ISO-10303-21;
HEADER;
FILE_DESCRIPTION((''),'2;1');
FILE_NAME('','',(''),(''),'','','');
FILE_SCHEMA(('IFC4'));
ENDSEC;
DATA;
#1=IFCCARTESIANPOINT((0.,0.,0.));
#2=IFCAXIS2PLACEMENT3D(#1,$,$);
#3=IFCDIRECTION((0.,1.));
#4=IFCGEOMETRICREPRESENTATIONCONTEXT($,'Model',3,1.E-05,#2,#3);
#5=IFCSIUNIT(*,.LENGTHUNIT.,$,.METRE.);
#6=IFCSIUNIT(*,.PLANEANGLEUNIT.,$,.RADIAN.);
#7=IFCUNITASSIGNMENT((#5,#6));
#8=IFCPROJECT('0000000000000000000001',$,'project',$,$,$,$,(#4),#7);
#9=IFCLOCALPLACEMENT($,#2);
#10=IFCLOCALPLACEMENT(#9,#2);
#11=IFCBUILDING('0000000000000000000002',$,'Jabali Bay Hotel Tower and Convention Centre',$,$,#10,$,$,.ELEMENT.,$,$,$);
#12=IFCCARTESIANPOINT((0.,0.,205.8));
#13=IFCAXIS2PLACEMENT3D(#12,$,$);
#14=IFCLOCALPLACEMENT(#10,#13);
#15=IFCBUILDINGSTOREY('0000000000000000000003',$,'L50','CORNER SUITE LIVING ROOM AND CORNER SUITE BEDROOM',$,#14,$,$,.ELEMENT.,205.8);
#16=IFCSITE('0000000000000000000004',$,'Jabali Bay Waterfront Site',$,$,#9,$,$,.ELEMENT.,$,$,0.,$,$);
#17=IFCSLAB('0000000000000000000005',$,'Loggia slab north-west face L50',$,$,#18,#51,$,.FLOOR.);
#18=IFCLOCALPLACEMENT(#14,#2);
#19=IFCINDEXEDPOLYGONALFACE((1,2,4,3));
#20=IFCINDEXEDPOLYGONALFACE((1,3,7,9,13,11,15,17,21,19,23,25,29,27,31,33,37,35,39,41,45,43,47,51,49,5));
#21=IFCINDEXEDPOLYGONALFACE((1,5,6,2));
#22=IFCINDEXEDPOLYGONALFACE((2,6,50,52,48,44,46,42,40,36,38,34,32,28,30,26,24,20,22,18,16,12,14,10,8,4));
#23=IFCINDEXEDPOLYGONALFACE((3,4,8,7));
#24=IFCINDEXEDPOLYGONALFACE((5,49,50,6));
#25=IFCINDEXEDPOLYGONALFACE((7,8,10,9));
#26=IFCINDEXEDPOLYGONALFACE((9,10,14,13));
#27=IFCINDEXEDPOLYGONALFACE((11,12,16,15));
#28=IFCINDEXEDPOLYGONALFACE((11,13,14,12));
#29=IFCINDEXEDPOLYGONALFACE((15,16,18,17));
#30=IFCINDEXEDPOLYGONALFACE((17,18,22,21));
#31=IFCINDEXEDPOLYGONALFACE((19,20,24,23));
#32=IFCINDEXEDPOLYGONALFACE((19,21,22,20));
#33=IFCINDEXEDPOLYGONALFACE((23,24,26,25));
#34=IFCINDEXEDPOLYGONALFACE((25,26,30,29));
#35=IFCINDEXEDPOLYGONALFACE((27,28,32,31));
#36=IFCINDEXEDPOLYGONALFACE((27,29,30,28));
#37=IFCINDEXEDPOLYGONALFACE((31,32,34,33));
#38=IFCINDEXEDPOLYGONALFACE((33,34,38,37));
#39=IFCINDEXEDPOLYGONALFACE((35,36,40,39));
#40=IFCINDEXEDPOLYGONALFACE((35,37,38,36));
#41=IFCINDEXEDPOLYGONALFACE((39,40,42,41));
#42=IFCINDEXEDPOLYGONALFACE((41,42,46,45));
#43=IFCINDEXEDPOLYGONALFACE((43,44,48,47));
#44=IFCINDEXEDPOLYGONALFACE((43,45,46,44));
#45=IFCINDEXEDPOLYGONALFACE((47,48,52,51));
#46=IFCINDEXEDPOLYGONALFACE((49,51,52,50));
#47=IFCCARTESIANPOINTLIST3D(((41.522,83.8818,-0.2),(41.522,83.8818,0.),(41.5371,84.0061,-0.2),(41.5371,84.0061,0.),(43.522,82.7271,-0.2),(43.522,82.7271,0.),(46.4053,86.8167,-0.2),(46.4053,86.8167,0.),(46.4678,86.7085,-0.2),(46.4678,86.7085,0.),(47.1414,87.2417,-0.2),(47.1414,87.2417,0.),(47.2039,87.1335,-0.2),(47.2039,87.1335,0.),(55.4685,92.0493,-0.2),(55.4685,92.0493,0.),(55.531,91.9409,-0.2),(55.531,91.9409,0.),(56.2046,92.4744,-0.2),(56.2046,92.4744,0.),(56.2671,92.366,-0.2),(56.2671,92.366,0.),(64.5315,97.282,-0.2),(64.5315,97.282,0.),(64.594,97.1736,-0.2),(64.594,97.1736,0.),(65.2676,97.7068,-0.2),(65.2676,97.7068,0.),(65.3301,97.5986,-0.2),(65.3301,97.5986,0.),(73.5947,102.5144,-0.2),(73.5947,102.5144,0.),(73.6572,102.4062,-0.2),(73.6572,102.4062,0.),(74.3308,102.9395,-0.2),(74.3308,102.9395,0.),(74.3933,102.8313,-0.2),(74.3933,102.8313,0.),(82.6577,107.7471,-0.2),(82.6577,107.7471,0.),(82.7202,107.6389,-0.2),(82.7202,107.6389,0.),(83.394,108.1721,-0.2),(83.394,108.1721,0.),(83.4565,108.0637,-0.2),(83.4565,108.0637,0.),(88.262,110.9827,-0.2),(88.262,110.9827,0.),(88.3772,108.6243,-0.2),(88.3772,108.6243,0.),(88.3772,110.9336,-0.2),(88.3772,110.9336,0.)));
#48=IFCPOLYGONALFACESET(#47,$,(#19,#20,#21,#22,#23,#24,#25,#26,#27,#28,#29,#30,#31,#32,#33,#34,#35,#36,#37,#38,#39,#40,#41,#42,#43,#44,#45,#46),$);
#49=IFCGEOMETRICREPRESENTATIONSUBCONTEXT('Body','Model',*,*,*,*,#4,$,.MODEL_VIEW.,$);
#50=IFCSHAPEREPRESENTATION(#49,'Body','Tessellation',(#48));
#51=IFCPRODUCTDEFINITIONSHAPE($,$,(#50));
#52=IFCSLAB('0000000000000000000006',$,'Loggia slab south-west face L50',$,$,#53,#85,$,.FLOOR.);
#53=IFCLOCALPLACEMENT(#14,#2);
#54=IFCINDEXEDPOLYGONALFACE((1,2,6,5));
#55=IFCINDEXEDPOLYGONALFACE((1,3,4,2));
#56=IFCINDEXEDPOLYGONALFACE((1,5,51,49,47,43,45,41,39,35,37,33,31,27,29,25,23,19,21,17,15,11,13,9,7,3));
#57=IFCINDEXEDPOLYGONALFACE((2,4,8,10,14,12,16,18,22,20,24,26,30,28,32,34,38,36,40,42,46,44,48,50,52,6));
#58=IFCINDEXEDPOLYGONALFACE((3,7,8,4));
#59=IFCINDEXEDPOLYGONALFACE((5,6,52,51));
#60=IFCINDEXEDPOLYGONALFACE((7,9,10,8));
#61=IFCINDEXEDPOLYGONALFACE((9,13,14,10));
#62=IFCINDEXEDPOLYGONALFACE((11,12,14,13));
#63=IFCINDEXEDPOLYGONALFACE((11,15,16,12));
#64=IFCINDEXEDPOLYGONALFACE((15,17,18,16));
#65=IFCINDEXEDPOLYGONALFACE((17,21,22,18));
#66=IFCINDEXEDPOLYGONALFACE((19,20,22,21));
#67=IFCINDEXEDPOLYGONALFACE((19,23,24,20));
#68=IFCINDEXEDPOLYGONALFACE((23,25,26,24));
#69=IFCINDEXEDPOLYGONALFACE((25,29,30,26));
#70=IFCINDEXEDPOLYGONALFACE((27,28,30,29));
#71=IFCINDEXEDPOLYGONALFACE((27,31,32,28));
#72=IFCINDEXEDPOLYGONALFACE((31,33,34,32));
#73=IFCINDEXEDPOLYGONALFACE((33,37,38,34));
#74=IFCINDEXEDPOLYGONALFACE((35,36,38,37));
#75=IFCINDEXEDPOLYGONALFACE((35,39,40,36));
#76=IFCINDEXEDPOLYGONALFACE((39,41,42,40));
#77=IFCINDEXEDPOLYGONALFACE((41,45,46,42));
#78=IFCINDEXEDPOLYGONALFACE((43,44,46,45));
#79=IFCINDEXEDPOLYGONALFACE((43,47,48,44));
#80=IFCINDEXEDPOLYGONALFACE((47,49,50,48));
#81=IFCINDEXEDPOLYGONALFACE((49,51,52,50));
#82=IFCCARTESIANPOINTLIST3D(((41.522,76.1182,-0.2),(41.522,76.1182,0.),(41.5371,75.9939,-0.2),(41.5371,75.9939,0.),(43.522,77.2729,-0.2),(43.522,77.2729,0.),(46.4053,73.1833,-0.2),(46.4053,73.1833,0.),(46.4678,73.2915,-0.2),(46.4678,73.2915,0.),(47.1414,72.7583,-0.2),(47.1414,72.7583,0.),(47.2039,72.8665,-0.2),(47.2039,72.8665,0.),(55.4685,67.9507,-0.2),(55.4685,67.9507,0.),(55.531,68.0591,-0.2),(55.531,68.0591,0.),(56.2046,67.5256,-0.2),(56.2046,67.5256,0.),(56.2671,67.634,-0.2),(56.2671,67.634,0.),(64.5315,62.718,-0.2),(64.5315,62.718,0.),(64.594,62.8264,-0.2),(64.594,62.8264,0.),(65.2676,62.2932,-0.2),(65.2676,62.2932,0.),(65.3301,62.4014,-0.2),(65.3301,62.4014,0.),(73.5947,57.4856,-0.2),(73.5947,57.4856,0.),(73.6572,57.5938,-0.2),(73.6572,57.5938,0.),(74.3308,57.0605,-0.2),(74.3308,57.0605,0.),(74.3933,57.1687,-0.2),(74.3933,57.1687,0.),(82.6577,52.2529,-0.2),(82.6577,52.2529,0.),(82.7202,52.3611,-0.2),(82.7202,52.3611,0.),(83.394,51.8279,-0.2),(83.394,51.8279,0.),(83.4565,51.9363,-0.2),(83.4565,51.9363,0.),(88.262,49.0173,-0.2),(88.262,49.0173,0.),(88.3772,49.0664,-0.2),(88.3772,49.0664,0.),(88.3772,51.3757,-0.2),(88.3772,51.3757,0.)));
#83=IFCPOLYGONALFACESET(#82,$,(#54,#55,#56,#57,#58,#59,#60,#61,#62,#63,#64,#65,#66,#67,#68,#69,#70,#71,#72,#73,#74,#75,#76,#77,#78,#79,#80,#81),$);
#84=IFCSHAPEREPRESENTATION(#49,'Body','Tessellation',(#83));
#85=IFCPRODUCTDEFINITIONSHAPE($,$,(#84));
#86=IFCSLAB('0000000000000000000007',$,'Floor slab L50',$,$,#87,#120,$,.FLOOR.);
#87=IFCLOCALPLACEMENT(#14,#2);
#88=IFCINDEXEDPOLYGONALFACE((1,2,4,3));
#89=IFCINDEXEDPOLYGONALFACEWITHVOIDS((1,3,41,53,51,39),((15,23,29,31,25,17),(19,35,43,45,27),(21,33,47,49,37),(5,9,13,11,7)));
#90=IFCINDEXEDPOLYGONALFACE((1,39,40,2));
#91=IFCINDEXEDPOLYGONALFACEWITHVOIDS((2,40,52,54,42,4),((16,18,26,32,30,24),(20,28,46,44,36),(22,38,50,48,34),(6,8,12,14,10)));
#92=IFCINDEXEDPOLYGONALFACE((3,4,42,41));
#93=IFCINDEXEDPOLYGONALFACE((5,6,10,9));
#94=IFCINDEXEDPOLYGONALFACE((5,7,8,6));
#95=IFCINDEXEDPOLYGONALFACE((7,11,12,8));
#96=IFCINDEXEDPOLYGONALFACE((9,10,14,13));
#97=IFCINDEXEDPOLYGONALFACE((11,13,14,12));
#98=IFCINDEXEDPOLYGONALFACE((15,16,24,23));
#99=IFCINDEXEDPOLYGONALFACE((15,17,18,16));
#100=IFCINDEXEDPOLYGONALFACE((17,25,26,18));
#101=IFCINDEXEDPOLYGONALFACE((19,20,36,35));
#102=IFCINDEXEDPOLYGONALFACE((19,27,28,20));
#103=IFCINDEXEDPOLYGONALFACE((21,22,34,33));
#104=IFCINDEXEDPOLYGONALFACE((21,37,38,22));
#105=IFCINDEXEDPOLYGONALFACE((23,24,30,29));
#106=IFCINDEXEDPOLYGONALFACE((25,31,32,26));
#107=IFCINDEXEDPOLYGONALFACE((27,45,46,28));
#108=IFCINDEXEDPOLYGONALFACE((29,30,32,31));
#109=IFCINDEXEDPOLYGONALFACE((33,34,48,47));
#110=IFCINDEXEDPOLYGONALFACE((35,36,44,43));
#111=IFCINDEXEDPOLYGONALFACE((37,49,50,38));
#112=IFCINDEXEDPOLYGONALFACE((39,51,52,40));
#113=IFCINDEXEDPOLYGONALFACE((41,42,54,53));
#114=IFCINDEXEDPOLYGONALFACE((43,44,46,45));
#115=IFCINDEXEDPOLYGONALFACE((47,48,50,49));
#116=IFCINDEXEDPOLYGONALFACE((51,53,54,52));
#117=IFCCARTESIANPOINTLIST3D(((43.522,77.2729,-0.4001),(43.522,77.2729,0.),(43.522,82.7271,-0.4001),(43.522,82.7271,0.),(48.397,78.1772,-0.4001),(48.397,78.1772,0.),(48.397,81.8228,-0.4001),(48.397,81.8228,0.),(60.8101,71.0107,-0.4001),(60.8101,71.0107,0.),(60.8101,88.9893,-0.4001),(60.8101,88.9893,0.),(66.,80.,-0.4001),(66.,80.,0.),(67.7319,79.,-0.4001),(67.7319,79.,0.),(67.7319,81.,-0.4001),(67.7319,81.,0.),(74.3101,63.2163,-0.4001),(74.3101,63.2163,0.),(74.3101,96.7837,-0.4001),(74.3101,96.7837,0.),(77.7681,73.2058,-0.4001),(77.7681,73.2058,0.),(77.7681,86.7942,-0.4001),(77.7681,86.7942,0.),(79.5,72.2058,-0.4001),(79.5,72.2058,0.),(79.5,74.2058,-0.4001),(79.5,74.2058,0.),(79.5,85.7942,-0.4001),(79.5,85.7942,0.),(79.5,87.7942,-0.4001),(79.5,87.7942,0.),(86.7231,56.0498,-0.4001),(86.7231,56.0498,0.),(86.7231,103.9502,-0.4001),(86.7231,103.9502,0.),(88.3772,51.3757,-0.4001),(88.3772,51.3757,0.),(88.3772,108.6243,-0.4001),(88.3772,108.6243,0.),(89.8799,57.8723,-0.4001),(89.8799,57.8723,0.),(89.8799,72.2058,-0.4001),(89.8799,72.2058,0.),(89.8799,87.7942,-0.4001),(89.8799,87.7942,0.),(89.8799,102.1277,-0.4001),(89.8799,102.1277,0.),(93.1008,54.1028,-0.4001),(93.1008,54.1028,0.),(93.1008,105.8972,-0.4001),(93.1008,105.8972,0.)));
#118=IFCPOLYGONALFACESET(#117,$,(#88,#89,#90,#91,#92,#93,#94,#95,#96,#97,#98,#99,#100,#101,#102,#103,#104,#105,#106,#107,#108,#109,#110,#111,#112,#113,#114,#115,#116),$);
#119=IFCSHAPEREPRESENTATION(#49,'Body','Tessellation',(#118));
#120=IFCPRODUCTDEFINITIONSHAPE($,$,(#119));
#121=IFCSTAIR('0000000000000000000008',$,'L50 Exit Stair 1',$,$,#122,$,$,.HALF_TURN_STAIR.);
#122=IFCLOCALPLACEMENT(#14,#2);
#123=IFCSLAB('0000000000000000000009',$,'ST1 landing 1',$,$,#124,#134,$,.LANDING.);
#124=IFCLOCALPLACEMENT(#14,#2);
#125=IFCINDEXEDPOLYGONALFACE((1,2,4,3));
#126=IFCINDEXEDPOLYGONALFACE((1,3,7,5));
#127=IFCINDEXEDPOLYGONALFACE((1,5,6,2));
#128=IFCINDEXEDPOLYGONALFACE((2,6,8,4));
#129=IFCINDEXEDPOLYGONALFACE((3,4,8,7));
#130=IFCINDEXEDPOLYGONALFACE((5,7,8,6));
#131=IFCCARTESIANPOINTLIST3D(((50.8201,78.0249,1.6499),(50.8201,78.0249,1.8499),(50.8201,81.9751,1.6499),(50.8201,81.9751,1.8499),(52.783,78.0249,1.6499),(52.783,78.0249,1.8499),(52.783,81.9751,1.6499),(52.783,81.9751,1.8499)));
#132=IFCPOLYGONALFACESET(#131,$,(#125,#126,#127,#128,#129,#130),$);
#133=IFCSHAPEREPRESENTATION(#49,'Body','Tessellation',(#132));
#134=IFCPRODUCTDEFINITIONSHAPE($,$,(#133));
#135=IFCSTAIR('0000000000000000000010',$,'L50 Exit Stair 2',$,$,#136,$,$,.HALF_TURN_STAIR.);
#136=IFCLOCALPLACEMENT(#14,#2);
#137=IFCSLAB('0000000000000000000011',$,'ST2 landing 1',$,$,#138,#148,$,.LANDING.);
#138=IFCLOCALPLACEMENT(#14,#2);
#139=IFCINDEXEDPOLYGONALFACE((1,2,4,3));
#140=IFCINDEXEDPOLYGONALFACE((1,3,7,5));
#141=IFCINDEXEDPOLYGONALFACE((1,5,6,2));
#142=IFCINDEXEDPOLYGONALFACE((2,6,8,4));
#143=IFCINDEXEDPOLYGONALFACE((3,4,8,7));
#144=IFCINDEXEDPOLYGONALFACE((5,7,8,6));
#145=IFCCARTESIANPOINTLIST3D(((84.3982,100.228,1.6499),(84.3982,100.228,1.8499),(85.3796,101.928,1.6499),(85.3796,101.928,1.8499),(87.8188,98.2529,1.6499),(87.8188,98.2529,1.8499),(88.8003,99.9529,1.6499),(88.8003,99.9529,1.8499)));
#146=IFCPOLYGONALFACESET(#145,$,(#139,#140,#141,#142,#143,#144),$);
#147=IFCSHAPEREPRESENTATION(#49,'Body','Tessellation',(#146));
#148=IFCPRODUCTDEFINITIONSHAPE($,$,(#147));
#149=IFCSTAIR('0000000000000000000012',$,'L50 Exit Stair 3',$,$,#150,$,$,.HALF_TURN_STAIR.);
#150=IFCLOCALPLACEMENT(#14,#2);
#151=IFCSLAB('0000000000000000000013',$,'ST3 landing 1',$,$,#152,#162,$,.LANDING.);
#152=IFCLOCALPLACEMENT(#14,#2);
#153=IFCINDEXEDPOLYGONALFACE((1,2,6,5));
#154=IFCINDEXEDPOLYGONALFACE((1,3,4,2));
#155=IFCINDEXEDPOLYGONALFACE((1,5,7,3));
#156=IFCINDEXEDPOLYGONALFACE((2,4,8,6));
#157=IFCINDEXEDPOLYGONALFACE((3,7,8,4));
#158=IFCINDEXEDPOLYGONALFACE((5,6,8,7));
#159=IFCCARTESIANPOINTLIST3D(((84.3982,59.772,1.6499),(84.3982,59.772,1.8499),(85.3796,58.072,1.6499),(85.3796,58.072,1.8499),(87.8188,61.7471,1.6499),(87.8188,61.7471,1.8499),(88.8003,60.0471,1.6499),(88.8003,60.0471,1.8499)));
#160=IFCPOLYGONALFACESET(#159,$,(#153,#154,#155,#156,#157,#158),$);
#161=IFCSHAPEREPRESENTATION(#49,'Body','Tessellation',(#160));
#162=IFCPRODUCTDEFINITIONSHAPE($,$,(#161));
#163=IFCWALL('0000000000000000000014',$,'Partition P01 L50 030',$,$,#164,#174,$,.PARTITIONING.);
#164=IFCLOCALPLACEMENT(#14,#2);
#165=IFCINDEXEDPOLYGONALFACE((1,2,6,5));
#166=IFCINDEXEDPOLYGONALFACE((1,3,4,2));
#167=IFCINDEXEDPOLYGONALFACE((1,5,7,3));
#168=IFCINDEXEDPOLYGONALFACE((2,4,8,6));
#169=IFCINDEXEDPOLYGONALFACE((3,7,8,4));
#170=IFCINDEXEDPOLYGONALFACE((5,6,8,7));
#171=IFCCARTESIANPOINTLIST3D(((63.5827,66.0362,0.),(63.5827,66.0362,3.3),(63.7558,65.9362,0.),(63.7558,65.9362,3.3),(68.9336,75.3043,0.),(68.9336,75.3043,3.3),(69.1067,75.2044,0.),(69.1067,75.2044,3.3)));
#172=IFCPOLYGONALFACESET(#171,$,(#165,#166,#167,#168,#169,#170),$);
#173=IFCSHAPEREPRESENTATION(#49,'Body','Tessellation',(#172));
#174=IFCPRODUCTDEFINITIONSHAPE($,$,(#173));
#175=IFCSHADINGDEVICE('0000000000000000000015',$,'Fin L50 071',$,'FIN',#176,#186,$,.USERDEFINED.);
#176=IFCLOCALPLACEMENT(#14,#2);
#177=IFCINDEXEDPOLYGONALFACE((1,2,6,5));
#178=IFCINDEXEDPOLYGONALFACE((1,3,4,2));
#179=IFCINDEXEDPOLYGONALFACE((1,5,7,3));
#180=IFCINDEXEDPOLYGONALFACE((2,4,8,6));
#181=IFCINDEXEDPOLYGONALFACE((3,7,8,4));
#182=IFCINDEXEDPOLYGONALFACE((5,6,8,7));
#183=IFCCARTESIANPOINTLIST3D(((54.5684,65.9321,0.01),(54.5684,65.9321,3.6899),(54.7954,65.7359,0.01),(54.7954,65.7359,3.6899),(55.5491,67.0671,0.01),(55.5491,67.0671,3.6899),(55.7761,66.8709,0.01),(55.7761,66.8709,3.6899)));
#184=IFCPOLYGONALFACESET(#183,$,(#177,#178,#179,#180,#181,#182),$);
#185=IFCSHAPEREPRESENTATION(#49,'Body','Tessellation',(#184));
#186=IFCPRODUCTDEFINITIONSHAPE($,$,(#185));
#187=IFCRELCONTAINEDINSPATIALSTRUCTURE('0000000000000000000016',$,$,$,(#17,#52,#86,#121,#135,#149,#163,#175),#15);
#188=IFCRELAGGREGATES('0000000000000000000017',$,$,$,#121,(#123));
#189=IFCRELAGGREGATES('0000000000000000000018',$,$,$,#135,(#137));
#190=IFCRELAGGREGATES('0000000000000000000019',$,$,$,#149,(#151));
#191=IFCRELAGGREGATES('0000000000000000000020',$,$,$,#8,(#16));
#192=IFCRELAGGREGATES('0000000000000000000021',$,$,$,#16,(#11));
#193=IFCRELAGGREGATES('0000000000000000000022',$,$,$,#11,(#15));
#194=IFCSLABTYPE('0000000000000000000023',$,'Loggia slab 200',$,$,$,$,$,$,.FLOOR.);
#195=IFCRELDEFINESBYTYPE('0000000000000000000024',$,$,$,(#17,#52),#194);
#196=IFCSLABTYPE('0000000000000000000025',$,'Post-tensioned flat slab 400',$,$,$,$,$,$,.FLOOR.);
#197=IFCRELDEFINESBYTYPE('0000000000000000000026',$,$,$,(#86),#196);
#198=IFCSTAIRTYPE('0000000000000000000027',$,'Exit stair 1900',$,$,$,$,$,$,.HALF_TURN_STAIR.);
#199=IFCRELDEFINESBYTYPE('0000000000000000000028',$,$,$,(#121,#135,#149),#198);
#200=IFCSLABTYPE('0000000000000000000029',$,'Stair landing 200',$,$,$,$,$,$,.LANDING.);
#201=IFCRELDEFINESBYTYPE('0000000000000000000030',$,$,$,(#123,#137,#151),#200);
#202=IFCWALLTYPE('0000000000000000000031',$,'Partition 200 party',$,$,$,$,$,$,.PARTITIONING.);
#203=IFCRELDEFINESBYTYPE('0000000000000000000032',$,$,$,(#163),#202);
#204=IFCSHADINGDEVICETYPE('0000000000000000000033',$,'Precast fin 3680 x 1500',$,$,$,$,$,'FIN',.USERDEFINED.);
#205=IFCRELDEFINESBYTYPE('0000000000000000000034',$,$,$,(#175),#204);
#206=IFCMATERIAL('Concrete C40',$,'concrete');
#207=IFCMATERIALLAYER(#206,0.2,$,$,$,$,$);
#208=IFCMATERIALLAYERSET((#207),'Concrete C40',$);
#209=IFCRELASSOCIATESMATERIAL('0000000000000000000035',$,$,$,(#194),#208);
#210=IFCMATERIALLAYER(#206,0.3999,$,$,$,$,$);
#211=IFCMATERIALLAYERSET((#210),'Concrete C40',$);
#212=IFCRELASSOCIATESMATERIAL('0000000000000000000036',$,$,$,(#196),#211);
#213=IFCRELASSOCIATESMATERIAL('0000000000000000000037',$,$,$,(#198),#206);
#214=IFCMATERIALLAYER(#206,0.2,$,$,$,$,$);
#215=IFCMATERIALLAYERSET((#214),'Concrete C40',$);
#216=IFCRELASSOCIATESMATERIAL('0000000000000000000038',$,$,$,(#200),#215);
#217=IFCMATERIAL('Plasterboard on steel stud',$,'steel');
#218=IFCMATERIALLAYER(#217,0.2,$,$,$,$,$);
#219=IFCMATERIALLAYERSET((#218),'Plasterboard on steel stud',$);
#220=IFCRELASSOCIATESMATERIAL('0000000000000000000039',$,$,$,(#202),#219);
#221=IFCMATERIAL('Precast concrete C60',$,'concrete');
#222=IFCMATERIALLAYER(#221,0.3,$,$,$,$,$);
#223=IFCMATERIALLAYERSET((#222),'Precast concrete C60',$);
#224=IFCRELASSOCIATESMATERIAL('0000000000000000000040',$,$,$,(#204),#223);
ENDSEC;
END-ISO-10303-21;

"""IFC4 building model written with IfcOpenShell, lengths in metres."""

from ifc_helpers import new_model, si_unit, direction, frame, frame_2d, origin, place, context, subcontext, project, spatial, polyline, rectangle, outline, extrude, material, layer, layer_set, type_object, element, aggregate, save


model = new_model("IFC4")

# Units and contexts
model_context = context("Model", 3, precision=1e-05, world=origin(), true_north=direction((0.0, 1.0)))
body_context = subcontext(model_context, "Body", "Model", "MODEL_VIEW")
ifc_project = project(units=[si_unit("LENGTHUNIT", "METRE"), si_unit("PLANEANGLEUNIT", "RADIAN")], contexts=[model_context])

# Site, building, storey
site_placement = place(None, origin())
site = spatial("IfcSite", under=ifc_project, at=site_placement, Name="Jabali Bay Waterfront Site", CompositionType="ELEMENT", RefElevation=0.0)
building_placement = place(site_placement, origin())
building = spatial("IfcBuilding", under=site, at=building_placement, Name="Jabali Bay Hotel Tower and Convention Centre", CompositionType="ELEMENT")
storey_placement = place(building_placement, frame((0.0, 0.0, 205.8)))
storey = spatial("IfcBuildingStorey", under=building, at=storey_placement, Name="L50", Description="CORNER SUITE LIVING ROOM AND CORNER SUITE BEDROOM", CompositionType="ELEMENT", Elevation=205.8)

# Slabs
ifc_material_1 = material(Name="Concrete C40", Category="concrete")
ifc_layer_1 = layer(ifc_material_1, 0.2)
ifc_layer_set_1 = layer_set([ifc_layer_1], Name="Concrete C40")
slab_type_1 = type_object("IfcSlabType", Name="Loggia slab 200", PredefinedType="FLOOR", material=ifc_layer_set_1)
slab_1_placement = place(storey_placement, frame((0.0, 0.0, -0.2)))
element("IfcSlab", 1, at=slab_1_placement, inside=storey, type_object=slab_type_1, Name="Loggia slab north-west face L50", PredefinedType="FLOOR", context=body_context, shape_type="SweptSolid", body=[
    extrude(outline(polyline([(43.522, 82.7271), (41.522, 83.8818), (41.5371, 84.0061), (46.4053, 86.8167), (46.4678, 86.7085), (47.2039, 87.1335), (47.1414, 87.2417), (55.4685, 92.0493), (55.531, 91.9409), (56.2671, 92.366), (56.2046, 92.4744), (64.5315, 97.282), (64.594, 97.1736), (65.3301, 97.5986), (65.2676, 97.7068), (73.5947, 102.5144), (73.6572, 102.4062), (74.3933, 102.8313), (74.3308, 102.9395), (82.6577, 107.7471), (82.7202, 107.6389), (83.4565, 108.0637), (83.394, 108.1721), (88.262, 110.9827), (88.3772, 110.9336), (88.3772, 108.6243), (43.522, 82.7271)])), origin(), (0.0, 0.0, 1.0), 0.2),
])
slab_2_placement = place(storey_placement, frame((0.0, 0.0, -0.2)))
element("IfcSlab", 2, at=slab_2_placement, inside=storey, type_object=slab_type_1, Name="Loggia slab south-west face L50", PredefinedType="FLOOR", context=body_context, shape_type="SweptSolid", body=[
    extrude(outline(polyline([(88.3772, 51.3757), (88.3772, 49.0664), (88.262, 49.0173), (83.394, 51.8279), (83.4565, 51.9363), (82.7202, 52.3611), (82.6577, 52.2529), (74.3308, 57.0605), (74.3933, 57.1687), (73.6572, 57.5938), (73.5947, 57.4856), (65.2676, 62.2932), (65.3301, 62.4014), (64.594, 62.8264), (64.5315, 62.718), (56.2046, 67.5256), (56.2671, 67.634), (55.531, 68.0591), (55.4685, 67.9507), (47.1414, 72.7583), (47.2039, 72.8665), (46.4678, 73.2915), (46.4053, 73.1833), (41.5371, 75.9939), (41.522, 76.1182), (43.522, 77.2729), (88.3772, 51.3757)])), origin(), (0.0, 0.0, 1.0), 0.2),
])
ifc_layer_2 = layer(ifc_material_1, 0.3999)
ifc_layer_set_2 = layer_set([ifc_layer_2], Name="Concrete C40")
slab_type_2 = type_object("IfcSlabType", Name="Post-tensioned flat slab 400", PredefinedType="FLOOR", material=ifc_layer_set_2)
slab_3_placement = place(storey_placement, frame((0.0, 0.0, -0.4001)))
element("IfcSlab", 3, at=slab_3_placement, inside=storey, type_object=slab_type_2, Name="Floor slab L50", PredefinedType="FLOOR", context=body_context, shape_type="SweptSolid", body=[
    extrude(outline(polyline([(88.3772, 108.6243), (93.1008, 105.8972), (93.1008, 54.1028), (88.3772, 51.3757), (43.522, 77.2729), (43.522, 82.7271), (88.3772, 108.6243)]), holes=[polyline([(67.7319, 79.0), (77.7681, 73.2058), (79.5, 74.2058), (79.5, 85.7942), (77.7681, 86.7942), (67.7319, 81.0), (67.7319, 79.0)]), polyline([(48.397, 78.1772), (60.8101, 71.0107), (66.0, 80.0), (60.8101, 88.9893), (48.397, 81.8228), (48.397, 78.1772)]), polyline([(89.8799, 102.1277), (86.7231, 103.9502), (74.3101, 96.7837), (79.5, 87.7942), (89.8799, 87.7942), (89.8799, 102.1277)]), polyline([(74.3101, 63.2163), (86.7231, 56.0498), (89.8799, 57.8723), (89.8799, 72.2058), (79.5, 72.2058), (74.3101, 63.2163)])]), origin(), (0.0, 0.0, 1.0), 0.4001),
])

# Stairs, slabs
stair_type = type_object("IfcStairType", Name="Exit stair 1900", PredefinedType="HALF_TURN_STAIR", material=ifc_material_1)
stair_1_placement = place(storey_placement, origin())
stair_1 = element("IfcStair", 4, at=stair_1_placement, inside=storey, type_object=stair_type, Name="L50 Exit Stair 1", PredefinedType="HALF_TURN_STAIR")
ifc_layer_3 = layer(ifc_material_1, 0.2)
ifc_layer_set_3 = layer_set([ifc_layer_3], Name="Concrete C40")
slab_type_3 = type_object("IfcSlabType", Name="Stair landing 200", PredefinedType="LANDING", material=ifc_layer_set_3)
slab_4_placement = place(storey_placement, frame((0.0, 0.0, 1.6499)))
slab_4 = element("IfcSlab", 5, at=slab_4_placement, type_object=slab_type_3, Name="ST1 landing 1", PredefinedType="LANDING", context=body_context, shape_type="SweptSolid", body=[
    extrude(outline(polyline([(52.783, 81.9751), (50.8201, 81.9751), (50.8201, 78.0249), (52.783, 78.0249), (52.783, 81.9751)])), origin(), (0.0, 0.0, 1.0), 0.2),
])
aggregate(stair_1, [slab_4])
stair_2_placement = place(storey_placement, origin())
stair_2 = element("IfcStair", 6, at=stair_2_placement, inside=storey, type_object=stair_type, Name="L50 Exit Stair 2", PredefinedType="HALF_TURN_STAIR")
slab_5_placement = place(storey_placement, frame((0.0, 0.0, 1.6499)))
slab_5 = element("IfcSlab", 7, at=slab_5_placement, type_object=slab_type_3, Name="ST2 landing 1", PredefinedType="LANDING", context=body_context, shape_type="SweptSolid", body=[
    extrude(outline(polyline([(87.8188, 98.2529), (88.8003, 99.9529), (85.3796, 101.928), (84.3982, 100.228), (87.8188, 98.2529)])), origin(), (0.0, 0.0, 1.0), 0.2),
])
aggregate(stair_2, [slab_5])
stair_3_placement = place(storey_placement, origin())
stair_3 = element("IfcStair", 8, at=stair_3_placement, inside=storey, type_object=stair_type, Name="L50 Exit Stair 3", PredefinedType="HALF_TURN_STAIR")
slab_6_placement = place(storey_placement, frame((0.0, 0.0, 1.6499)))
slab_6 = element("IfcSlab", 9, at=slab_6_placement, type_object=slab_type_3, Name="ST3 landing 1", PredefinedType="LANDING", context=body_context, shape_type="SweptSolid", body=[
    extrude(outline(polyline([(84.3982, 59.772), (85.3796, 58.072), (88.8003, 60.0471), (87.8188, 61.7471), (84.3982, 59.772)])), origin(), (0.0, 0.0, 1.0), 0.2),
])
aggregate(stair_3, [slab_6])

# Wall
ifc_material_2 = material(Name="Plasterboard on steel stud", Category="steel")
ifc_layer_4 = layer(ifc_material_2, 0.2)
ifc_layer_set_4 = layer_set([ifc_layer_4], Name="Plasterboard on steel stud")
wall_type = type_object("IfcWallType", Name="Partition 200 party", PredefinedType="PARTITIONING", material=ifc_layer_set_4)
wall_placement = place(storey_placement, frame((63.6692, 65.9861, 0.0), z_axis=(0.0, 0.0, 1.0), x_axis=(0.499994, 0.866029, 0.0)))
element("IfcWall", 10, at=wall_placement, inside=storey, type_object=wall_type, Name="Partition P01 L50 030", PredefinedType="PARTITIONING", context=body_context, shape_type="SweptSolid", body=[
    extrude(rectangle(XDim=10.7019, YDim=0.2, at=frame_2d((5.3511, 0.0))), origin(), (0.0, 0.0, 1.0), 3.3),
])

# Shading device
ifc_material_3 = material(Name="Precast concrete C60", Category="concrete")
ifc_layer_5 = layer(ifc_material_3, 0.3)
ifc_layer_set_5 = layer_set([ifc_layer_5], Name="Precast concrete C60")
shading_device_type = type_object("IfcShadingDeviceType", Name="Precast fin 3680 x 1500", ElementType="FIN", PredefinedType="USERDEFINED", material=ifc_layer_set_5)
for number, where, z_axis, x_axis, name in (
    (11, (55.6626, 66.969, 0.01), (0.0, 0.0, 1.0), (-0.653802, -0.756666, 0.0), "Fin L50 071"),
):
    element("IfcShadingDevice", number, at=place(storey_placement, frame(where, z_axis=z_axis, x_axis=x_axis)), inside=storey, type_object=shading_device_type, Name=name, ObjectType="FIN", PredefinedType="USERDEFINED", context=body_context, shape_type="SweptSolid", body=[
        extrude(rectangle(XDim=1.5, YDim=0.3, at=frame_2d((0.75, 0.0))), origin(), (0.0, 0.0, 1.0), 3.6799),
    ])

save(model, "model.ifc")
